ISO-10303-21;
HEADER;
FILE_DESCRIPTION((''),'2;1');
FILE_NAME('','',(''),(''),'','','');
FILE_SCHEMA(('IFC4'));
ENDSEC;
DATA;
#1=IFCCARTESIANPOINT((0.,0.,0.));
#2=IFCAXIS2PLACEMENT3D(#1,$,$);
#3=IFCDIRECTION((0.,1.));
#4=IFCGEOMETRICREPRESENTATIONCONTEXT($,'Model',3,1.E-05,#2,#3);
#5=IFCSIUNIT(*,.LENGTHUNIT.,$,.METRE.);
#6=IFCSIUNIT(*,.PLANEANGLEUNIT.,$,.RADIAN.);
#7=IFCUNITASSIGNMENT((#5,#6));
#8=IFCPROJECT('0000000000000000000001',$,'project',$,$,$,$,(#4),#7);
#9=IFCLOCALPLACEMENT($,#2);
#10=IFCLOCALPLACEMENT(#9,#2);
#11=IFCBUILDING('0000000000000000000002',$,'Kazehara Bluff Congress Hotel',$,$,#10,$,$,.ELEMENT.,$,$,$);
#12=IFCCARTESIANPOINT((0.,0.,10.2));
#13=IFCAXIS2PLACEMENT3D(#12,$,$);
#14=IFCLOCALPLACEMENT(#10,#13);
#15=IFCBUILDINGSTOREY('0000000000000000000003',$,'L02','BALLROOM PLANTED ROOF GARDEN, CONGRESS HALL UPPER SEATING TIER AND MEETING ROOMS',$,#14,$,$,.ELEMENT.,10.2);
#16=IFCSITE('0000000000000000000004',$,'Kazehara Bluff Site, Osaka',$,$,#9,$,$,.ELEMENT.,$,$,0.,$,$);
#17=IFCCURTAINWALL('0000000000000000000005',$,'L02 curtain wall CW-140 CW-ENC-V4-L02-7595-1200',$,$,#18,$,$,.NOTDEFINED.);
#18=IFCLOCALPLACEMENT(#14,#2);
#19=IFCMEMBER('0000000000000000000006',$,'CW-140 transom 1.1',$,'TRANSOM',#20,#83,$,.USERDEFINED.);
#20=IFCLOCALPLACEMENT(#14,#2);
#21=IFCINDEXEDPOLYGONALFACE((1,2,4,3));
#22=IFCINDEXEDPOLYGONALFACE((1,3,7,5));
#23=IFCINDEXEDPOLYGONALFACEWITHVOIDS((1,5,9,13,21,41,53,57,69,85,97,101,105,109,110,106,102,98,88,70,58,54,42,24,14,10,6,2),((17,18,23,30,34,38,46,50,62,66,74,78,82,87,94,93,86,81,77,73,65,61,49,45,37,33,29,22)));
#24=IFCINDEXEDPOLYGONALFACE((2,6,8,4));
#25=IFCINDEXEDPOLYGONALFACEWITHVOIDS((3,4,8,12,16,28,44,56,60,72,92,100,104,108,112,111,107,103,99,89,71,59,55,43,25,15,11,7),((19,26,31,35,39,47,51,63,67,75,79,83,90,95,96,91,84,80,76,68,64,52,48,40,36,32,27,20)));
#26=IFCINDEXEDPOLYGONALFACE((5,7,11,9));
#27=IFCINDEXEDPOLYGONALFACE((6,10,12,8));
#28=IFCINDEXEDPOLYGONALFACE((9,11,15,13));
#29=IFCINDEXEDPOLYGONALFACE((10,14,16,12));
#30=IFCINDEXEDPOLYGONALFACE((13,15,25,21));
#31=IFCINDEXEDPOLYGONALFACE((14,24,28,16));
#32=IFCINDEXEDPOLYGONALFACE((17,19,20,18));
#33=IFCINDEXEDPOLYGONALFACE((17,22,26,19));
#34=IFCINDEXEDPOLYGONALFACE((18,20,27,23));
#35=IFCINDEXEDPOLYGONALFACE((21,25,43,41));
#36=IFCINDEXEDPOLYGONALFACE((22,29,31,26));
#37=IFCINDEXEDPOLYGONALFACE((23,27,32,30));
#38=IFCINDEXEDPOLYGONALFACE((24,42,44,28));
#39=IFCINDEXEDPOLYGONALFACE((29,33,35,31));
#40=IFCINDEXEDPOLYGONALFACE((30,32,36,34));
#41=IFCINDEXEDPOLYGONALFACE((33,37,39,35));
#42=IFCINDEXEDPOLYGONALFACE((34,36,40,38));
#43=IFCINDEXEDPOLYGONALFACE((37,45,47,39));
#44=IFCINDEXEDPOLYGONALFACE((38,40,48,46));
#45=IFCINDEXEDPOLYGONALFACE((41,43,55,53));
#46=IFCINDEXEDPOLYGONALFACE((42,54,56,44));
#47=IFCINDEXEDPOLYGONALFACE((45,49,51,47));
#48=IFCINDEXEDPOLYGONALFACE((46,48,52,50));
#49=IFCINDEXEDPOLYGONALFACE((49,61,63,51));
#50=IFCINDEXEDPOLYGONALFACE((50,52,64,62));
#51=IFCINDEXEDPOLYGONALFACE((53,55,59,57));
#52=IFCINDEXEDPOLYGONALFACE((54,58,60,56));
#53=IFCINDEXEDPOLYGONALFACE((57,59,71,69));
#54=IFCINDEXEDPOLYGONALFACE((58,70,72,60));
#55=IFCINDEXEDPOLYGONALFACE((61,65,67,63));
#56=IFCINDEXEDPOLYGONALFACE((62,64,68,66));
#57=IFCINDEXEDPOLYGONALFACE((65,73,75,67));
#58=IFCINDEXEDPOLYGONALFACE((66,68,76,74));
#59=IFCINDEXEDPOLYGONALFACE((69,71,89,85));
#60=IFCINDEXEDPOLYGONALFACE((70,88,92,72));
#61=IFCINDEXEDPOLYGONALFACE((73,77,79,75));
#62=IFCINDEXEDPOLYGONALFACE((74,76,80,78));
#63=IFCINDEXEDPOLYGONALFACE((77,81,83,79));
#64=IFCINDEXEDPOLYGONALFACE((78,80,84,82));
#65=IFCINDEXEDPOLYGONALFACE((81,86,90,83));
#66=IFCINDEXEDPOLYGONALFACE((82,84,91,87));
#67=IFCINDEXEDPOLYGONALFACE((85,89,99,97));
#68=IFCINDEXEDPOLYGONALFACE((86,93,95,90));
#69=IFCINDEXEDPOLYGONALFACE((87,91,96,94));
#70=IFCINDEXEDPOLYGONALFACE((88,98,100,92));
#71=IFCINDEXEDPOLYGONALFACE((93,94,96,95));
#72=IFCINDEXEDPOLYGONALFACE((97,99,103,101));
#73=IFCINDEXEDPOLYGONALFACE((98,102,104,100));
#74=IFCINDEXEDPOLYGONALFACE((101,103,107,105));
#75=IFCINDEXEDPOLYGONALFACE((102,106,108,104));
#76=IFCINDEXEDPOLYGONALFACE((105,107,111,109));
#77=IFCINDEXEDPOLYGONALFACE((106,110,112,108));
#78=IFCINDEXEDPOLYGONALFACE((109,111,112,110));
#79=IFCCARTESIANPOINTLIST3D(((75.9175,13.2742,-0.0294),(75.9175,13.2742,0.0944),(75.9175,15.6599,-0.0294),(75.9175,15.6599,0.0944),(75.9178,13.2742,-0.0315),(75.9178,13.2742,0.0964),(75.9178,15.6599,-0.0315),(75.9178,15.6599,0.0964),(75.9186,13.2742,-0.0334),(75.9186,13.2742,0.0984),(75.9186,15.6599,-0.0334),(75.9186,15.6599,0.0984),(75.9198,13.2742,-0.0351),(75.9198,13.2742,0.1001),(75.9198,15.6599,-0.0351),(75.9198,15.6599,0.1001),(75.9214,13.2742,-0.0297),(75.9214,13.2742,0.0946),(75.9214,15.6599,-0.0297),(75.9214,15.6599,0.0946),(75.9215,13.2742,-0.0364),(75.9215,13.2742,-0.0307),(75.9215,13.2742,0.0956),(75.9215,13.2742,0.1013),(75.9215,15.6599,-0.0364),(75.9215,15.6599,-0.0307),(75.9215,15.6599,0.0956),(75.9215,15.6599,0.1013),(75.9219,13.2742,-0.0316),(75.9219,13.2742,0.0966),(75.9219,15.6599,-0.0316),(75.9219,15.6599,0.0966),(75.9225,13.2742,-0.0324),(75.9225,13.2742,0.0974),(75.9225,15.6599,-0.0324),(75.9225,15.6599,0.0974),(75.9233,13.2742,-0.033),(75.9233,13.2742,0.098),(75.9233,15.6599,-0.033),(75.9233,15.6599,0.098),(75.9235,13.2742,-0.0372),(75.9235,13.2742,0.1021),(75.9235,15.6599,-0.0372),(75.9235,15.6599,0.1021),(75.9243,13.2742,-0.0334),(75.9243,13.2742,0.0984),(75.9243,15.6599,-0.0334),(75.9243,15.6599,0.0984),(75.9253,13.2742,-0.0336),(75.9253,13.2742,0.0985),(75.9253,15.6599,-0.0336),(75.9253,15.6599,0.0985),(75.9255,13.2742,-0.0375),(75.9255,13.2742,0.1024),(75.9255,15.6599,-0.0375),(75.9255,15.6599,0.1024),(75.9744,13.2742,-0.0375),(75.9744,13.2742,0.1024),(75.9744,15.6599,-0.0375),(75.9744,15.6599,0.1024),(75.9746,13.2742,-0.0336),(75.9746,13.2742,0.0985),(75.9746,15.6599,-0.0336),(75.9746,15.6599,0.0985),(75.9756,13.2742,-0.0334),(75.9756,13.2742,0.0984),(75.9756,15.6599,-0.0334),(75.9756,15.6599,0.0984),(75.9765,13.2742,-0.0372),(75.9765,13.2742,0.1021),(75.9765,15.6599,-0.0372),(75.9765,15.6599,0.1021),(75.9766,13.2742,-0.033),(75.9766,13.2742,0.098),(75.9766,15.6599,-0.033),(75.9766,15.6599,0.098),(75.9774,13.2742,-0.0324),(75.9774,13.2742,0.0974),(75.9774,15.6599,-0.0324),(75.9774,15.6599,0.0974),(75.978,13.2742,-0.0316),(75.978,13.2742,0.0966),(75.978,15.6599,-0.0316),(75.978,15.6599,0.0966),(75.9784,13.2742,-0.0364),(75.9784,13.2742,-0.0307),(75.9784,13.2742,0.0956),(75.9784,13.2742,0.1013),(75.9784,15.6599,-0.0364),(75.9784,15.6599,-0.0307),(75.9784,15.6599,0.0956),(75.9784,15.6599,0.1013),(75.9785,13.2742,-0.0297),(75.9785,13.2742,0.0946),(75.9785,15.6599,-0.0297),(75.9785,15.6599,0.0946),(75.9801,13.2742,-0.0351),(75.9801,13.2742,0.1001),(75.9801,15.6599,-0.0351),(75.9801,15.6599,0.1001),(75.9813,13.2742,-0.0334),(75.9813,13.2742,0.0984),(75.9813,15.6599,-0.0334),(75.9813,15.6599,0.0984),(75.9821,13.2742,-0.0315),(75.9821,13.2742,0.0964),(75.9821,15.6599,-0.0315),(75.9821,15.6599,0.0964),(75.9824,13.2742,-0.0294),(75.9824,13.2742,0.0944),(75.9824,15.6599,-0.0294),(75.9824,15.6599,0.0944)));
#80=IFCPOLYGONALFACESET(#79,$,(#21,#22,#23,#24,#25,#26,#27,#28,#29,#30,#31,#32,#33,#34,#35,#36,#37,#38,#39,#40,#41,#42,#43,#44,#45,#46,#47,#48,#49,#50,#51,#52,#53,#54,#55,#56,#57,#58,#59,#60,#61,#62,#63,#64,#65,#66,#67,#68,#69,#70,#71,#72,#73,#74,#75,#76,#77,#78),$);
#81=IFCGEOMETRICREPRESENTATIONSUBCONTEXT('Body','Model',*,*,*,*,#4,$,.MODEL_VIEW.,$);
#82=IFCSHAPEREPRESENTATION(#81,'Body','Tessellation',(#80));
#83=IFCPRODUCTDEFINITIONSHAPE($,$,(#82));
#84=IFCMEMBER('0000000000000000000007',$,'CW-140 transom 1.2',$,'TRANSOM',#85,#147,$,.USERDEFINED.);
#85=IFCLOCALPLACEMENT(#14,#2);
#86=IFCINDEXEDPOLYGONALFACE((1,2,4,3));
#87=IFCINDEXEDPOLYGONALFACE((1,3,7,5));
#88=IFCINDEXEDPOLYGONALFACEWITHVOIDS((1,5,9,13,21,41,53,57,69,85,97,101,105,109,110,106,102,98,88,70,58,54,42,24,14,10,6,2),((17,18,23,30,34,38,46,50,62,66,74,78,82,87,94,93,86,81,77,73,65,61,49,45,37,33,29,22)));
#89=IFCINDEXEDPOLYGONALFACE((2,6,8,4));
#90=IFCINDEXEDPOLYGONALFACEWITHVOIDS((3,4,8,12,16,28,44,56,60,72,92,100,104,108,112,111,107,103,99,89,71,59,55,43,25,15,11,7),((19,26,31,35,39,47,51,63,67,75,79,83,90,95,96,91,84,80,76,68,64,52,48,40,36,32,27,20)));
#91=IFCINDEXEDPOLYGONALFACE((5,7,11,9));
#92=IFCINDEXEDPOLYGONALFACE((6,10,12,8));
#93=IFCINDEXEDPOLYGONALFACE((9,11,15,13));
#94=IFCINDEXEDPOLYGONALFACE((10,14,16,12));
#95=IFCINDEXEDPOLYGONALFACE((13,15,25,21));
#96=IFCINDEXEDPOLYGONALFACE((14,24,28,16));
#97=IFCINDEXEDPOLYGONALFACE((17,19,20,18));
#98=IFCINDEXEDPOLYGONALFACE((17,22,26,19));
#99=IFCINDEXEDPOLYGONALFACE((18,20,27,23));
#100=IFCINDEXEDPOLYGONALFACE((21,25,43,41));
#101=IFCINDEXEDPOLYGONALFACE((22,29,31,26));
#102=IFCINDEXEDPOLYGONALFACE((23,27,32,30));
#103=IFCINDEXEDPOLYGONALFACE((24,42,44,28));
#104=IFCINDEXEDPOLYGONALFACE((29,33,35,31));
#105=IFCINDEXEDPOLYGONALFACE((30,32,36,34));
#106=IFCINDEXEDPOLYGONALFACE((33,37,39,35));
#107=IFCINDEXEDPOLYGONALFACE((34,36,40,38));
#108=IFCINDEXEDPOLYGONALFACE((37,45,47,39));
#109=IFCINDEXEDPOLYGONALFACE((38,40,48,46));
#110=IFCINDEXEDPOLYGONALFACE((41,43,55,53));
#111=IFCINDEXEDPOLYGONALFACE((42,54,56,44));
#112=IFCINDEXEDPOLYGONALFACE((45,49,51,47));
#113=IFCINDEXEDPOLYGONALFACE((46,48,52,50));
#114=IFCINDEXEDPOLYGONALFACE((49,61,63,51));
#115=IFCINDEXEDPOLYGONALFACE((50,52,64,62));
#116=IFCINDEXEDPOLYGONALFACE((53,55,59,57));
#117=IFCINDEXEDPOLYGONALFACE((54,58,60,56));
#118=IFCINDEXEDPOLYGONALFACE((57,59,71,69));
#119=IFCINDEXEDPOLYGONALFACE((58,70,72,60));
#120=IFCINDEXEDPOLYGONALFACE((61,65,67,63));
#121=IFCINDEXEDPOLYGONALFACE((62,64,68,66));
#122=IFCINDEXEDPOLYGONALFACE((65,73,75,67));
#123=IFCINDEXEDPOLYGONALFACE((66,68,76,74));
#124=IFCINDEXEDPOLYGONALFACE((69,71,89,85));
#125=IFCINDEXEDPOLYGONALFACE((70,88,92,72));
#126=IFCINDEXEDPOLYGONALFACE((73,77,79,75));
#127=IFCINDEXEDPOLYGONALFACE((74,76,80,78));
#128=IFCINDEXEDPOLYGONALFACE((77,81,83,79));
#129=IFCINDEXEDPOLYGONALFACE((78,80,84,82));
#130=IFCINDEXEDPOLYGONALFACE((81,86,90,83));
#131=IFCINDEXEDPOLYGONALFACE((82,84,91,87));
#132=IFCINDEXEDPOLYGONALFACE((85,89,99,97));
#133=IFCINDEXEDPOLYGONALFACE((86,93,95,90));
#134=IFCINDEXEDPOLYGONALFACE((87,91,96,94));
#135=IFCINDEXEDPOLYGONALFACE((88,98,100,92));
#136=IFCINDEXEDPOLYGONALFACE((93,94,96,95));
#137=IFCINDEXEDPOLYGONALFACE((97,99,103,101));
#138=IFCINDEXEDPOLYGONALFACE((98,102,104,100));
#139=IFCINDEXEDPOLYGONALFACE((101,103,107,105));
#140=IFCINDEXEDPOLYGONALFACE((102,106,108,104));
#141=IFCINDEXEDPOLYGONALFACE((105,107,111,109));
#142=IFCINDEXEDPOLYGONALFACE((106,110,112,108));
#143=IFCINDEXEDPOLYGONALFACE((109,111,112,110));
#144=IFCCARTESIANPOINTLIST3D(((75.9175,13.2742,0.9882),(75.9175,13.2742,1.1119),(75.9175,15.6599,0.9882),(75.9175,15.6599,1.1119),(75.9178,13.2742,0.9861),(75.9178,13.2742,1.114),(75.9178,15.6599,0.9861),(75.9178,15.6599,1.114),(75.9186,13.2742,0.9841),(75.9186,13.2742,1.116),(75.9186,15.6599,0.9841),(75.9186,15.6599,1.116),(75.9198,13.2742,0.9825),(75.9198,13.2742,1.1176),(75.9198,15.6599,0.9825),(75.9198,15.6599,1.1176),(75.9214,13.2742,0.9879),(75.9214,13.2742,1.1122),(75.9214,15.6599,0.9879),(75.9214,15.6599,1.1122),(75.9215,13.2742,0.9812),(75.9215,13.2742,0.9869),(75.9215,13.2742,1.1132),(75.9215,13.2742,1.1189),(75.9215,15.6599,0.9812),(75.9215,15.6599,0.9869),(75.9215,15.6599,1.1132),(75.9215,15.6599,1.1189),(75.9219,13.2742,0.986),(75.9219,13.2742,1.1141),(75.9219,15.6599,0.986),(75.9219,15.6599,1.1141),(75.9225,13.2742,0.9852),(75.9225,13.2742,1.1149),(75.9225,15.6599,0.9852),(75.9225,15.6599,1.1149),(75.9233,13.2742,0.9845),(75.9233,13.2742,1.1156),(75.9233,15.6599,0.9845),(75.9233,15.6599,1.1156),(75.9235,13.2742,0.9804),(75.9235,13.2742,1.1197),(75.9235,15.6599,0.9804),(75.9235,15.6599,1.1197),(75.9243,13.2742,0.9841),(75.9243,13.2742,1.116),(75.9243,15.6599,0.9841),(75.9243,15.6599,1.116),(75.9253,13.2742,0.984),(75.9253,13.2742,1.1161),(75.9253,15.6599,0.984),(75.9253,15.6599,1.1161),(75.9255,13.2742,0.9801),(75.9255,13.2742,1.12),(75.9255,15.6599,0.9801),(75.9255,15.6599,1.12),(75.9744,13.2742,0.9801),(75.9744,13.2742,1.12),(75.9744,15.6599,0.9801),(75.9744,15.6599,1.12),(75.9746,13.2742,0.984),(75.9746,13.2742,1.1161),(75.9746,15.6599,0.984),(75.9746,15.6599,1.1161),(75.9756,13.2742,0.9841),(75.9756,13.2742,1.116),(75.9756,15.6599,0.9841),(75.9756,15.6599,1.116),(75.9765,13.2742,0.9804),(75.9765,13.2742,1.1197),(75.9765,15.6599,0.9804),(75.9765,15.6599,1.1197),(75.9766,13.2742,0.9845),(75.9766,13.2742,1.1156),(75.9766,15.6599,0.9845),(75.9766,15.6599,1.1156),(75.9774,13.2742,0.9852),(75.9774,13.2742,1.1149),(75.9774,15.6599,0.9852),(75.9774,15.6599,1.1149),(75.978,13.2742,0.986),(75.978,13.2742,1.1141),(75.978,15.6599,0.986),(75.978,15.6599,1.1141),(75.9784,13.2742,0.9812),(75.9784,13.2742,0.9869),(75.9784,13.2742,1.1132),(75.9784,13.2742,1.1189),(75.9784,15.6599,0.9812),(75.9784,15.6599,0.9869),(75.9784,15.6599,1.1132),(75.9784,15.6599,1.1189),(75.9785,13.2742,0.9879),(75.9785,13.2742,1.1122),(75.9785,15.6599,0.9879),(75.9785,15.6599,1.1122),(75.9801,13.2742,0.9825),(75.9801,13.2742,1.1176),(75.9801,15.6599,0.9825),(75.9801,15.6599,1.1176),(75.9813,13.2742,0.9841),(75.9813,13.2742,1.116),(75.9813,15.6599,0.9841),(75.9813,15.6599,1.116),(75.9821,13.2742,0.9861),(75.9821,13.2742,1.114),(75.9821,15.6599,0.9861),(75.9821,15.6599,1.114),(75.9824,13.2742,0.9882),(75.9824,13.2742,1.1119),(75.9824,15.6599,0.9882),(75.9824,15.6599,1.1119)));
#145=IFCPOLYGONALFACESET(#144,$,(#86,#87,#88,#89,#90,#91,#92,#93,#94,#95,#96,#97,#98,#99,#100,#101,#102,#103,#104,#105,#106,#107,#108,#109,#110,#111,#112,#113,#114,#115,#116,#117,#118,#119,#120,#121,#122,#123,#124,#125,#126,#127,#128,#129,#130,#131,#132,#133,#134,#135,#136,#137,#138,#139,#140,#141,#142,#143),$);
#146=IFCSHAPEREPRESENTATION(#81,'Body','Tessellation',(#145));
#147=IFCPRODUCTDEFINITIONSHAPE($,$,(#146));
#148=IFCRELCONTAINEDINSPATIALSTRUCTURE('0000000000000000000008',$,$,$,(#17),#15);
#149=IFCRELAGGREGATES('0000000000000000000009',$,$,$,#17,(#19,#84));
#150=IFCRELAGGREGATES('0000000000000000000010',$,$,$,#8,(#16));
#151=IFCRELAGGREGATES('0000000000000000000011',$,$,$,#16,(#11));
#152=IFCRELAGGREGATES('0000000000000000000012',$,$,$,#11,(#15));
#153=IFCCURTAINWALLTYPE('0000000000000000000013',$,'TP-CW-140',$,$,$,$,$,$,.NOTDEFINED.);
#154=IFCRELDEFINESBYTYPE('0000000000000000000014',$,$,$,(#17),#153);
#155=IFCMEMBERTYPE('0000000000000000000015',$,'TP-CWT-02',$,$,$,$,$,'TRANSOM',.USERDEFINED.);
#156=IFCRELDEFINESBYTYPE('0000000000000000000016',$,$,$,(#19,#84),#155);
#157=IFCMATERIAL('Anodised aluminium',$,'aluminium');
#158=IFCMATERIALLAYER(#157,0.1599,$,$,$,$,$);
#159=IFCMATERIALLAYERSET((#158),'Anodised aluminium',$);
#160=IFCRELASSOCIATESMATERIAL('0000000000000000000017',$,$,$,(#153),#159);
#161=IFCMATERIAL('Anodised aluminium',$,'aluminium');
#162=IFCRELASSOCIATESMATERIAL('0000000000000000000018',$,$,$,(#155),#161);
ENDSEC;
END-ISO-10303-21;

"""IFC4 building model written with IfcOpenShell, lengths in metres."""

from ifc_helpers import new_model, si_unit, direction, frame, origin, origin_2d, place, context, subcontext, project, spatial, hollow_rectangle, extrude, material, layer, layer_set, material_profile, profile_set, type_object, element, aggregate, save


model = new_model("IFC4")

# Units and contexts
model_context = context("Model", 3, precision=1e-05, world=origin(), true_north=direction((0.0, 1.0)))
body_context = subcontext(model_context, "Body", "Model", "MODEL_VIEW")
ifc_project = project(units=[si_unit("LENGTHUNIT", "METRE"), si_unit("PLANEANGLEUNIT", "RADIAN")], contexts=[model_context])

# Site, building, storey
site_placement = place(None, origin())
site = spatial("IfcSite", under=ifc_project, at=site_placement, Name="Kazehara Bluff Site, Osaka", CompositionType="ELEMENT", RefElevation=0.0)
building_placement = place(site_placement, origin())
building = spatial("IfcBuilding", under=site, at=building_placement, Name="Kazehara Bluff Congress Hotel", CompositionType="ELEMENT")
storey_placement = place(building_placement, frame((0.0, 0.0, 10.2)))
storey = spatial("IfcBuildingStorey", under=building, at=storey_placement, Name="L02", Description="BALLROOM PLANTED ROOF GARDEN, CONGRESS HALL UPPER SEATING TIER AND MEETING ROOMS", CompositionType="ELEMENT", Elevation=10.2)

# Curtain wall
ifc_material_1 = material(Name="Anodised aluminium", Category="aluminium")
ifc_layer_1 = layer(ifc_material_1, 0.1599)
ifc_layer_set_1 = layer_set([ifc_layer_1], Name="Anodised aluminium")
curtain_wall_type_1 = type_object("IfcCurtainWallType", Name="TP-CW-140", PredefinedType="NOTDEFINED", material=ifc_layer_set_1)
curtain_wall_1_placement = place(storey_placement, origin())
curtain_wall_1 = element("IfcCurtainWall", 1, at=curtain_wall_1_placement, inside=storey, type_object=curtain_wall_type_1, Name="L02 curtain wall CW-140 CW-ENC-V4-L02-7595-1200", PredefinedType="NOTDEFINED")

# Members
ifc_material_2 = material(Name="Anodised aluminium", Category="aluminium")
ifc_material_profile_1 = material_profile(ifc_material_2, hollow_rectangle(XDim=0.0649, YDim=0.1399, WallThickness=0.0039, InnerFilletRadius=0.0039, OuterFilletRadius=0.0081, at=origin_2d()))
ifc_profile_set_1 = profile_set([ifc_material_profile_1], Name="Anodised aluminium")
member_type_1 = type_object("IfcMemberType", Name="TP-CWT-02", ElementType="TRANSOM", PredefinedType="USERDEFINED", material=ifc_profile_set_1)
member_1_placement = place(storey_placement, frame((75.95, 15.6599, 0.0325), z_axis=(0.0, -1.0, 0.0), x_axis=(1.0, 0.0, 0.0)))
member_1 = element("IfcMember", 2, at=member_1_placement, type_object=member_type_1, Name="CW-140 transom 1.1", ObjectType="TRANSOM", PredefinedType="USERDEFINED", context=body_context, shape_type="SweptSolid", body=[
    extrude(hollow_rectangle(XDim=0.0649, YDim=0.1399, WallThickness=0.0039, InnerFilletRadius=0.0039, OuterFilletRadius=0.0081, at=origin_2d()), origin(), (0.0, 0.0, 1.0), 2.3857),
])
member_2_placement = place(storey_placement, frame((75.95, 15.6599, 1.05), z_axis=(0.0, -1.0, 0.0), x_axis=(1.0, 0.0, 0.0)))
member_2 = element("IfcMember", 3, at=member_2_placement, type_object=member_type_1, Name="CW-140 transom 1.2", ObjectType="TRANSOM", PredefinedType="USERDEFINED", context=body_context, shape_type="SweptSolid", body=[
    extrude(hollow_rectangle(XDim=0.0649, YDim=0.1399, WallThickness=0.0039, InnerFilletRadius=0.0039, OuterFilletRadius=0.0081, at=origin_2d()), origin(), (0.0, 0.0, 1.0), 2.3857),
])

aggregate(curtain_wall_1, [member_1, member_2])

save(model, "model.ifc")
